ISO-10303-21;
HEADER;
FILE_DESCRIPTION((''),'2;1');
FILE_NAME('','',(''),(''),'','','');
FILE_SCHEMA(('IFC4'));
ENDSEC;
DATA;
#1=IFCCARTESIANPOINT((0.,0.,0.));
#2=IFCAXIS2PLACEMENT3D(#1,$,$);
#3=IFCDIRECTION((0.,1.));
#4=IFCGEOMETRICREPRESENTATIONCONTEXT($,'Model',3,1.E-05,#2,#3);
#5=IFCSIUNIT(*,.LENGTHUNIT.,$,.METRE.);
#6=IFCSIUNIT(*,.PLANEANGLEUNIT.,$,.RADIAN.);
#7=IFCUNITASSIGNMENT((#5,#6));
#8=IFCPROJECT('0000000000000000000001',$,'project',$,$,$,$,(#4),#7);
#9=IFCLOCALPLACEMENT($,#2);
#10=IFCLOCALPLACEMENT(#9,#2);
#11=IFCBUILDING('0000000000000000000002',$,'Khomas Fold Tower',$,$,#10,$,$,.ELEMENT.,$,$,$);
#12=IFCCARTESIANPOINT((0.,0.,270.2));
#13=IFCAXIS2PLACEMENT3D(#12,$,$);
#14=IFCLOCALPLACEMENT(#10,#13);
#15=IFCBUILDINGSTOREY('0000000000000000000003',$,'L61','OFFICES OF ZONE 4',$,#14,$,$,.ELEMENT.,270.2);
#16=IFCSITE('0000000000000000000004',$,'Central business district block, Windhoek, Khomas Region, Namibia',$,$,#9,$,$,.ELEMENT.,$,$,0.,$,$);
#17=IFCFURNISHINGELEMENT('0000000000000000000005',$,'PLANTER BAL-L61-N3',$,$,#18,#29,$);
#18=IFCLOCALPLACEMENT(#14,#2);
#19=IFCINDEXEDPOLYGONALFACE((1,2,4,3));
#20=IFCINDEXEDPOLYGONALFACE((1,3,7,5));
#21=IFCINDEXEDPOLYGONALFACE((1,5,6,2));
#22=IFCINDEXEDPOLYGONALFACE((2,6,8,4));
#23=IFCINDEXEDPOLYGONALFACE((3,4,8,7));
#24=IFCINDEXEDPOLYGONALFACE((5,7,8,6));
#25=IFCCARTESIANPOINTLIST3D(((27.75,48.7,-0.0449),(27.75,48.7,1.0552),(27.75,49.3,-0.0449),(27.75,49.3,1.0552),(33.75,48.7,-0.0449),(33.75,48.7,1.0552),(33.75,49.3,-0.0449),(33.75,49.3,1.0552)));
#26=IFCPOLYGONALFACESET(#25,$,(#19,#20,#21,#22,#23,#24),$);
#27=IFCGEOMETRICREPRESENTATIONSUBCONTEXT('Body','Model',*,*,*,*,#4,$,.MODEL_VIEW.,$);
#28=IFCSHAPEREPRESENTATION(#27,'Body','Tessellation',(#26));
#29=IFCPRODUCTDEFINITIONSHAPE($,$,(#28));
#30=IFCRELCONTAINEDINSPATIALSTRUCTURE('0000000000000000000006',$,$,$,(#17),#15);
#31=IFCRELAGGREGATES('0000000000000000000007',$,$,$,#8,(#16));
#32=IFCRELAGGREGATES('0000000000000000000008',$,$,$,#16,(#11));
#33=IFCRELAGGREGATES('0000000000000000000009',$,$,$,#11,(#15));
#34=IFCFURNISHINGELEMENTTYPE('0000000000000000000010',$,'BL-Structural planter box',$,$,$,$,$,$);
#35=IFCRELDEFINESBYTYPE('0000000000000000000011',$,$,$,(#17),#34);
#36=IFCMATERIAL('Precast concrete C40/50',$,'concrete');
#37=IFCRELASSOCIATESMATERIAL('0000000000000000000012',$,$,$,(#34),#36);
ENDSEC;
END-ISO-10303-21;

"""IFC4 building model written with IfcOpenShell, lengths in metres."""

from ifc_helpers import new_model, si_unit, direction, frame, origin, origin_2d, place, context, subcontext, project, spatial, rectangle, extrude, source, transform, mapped, material, type_object, element, save


model = new_model("IFC4")

# Units and contexts
model_context = context("Model", 3, precision=1e-05, world=origin(), true_north=direction((0.0, 1.0)))
body_context = subcontext(model_context, "Body", "Model", "MODEL_VIEW")
ifc_project = project(units=[si_unit("LENGTHUNIT", "METRE"), si_unit("PLANEANGLEUNIT", "RADIAN")], contexts=[model_context])

# Site, building, storey
site_placement = place(None, origin())
site = spatial("IfcSite", under=ifc_project, at=site_placement, Name="Central business district block, Windhoek, Khomas Region, Namibia", CompositionType="ELEMENT", RefElevation=0.0)
building_placement = place(site_placement, origin())
building = spatial("IfcBuilding", under=site, at=building_placement, Name="Khomas Fold Tower", CompositionType="ELEMENT")
storey_placement = place(building_placement, frame((0.0, 0.0, 270.2)))
storey = spatial("IfcBuildingStorey", under=building, at=storey_placement, Name="L61", Description="OFFICES OF ZONE 4", CompositionType="ELEMENT", Elevation=270.2)

# Furnishing element
ifc_material_1 = material(Name="Precast concrete C40/50", Category="concrete")
furnishing_element_type_1 = type_object("IfcFurnishingElementType", Name="BL-Structural planter box", material=ifc_material_1)
shared_shape_1 = source(origin(), body_context, "Body", "SweptSolid", [
    extrude(rectangle(XDim=6.0, YDim=0.6001, at=origin_2d()), origin(), (0.0, 0.0, 1.0), 1.1001),
])
furnishing_1_placement = place(storey_placement, frame((30.75, 49.0, -0.0449), z_axis=(0.0, 0.0, 1.0), x_axis=(1.0, 0.0, 0.0)))
element("IfcFurnishingElement", 1, at=furnishing_1_placement, inside=storey, type_object=furnishing_element_type_1, Name="PLANTER BAL-L61-N3", context=body_context, shape_type="MappedRepresentation", body=[
    mapped(shared_shape_1, transform((0.0, 0.0, 0.0))),
])

save(model, "model.ifc")
